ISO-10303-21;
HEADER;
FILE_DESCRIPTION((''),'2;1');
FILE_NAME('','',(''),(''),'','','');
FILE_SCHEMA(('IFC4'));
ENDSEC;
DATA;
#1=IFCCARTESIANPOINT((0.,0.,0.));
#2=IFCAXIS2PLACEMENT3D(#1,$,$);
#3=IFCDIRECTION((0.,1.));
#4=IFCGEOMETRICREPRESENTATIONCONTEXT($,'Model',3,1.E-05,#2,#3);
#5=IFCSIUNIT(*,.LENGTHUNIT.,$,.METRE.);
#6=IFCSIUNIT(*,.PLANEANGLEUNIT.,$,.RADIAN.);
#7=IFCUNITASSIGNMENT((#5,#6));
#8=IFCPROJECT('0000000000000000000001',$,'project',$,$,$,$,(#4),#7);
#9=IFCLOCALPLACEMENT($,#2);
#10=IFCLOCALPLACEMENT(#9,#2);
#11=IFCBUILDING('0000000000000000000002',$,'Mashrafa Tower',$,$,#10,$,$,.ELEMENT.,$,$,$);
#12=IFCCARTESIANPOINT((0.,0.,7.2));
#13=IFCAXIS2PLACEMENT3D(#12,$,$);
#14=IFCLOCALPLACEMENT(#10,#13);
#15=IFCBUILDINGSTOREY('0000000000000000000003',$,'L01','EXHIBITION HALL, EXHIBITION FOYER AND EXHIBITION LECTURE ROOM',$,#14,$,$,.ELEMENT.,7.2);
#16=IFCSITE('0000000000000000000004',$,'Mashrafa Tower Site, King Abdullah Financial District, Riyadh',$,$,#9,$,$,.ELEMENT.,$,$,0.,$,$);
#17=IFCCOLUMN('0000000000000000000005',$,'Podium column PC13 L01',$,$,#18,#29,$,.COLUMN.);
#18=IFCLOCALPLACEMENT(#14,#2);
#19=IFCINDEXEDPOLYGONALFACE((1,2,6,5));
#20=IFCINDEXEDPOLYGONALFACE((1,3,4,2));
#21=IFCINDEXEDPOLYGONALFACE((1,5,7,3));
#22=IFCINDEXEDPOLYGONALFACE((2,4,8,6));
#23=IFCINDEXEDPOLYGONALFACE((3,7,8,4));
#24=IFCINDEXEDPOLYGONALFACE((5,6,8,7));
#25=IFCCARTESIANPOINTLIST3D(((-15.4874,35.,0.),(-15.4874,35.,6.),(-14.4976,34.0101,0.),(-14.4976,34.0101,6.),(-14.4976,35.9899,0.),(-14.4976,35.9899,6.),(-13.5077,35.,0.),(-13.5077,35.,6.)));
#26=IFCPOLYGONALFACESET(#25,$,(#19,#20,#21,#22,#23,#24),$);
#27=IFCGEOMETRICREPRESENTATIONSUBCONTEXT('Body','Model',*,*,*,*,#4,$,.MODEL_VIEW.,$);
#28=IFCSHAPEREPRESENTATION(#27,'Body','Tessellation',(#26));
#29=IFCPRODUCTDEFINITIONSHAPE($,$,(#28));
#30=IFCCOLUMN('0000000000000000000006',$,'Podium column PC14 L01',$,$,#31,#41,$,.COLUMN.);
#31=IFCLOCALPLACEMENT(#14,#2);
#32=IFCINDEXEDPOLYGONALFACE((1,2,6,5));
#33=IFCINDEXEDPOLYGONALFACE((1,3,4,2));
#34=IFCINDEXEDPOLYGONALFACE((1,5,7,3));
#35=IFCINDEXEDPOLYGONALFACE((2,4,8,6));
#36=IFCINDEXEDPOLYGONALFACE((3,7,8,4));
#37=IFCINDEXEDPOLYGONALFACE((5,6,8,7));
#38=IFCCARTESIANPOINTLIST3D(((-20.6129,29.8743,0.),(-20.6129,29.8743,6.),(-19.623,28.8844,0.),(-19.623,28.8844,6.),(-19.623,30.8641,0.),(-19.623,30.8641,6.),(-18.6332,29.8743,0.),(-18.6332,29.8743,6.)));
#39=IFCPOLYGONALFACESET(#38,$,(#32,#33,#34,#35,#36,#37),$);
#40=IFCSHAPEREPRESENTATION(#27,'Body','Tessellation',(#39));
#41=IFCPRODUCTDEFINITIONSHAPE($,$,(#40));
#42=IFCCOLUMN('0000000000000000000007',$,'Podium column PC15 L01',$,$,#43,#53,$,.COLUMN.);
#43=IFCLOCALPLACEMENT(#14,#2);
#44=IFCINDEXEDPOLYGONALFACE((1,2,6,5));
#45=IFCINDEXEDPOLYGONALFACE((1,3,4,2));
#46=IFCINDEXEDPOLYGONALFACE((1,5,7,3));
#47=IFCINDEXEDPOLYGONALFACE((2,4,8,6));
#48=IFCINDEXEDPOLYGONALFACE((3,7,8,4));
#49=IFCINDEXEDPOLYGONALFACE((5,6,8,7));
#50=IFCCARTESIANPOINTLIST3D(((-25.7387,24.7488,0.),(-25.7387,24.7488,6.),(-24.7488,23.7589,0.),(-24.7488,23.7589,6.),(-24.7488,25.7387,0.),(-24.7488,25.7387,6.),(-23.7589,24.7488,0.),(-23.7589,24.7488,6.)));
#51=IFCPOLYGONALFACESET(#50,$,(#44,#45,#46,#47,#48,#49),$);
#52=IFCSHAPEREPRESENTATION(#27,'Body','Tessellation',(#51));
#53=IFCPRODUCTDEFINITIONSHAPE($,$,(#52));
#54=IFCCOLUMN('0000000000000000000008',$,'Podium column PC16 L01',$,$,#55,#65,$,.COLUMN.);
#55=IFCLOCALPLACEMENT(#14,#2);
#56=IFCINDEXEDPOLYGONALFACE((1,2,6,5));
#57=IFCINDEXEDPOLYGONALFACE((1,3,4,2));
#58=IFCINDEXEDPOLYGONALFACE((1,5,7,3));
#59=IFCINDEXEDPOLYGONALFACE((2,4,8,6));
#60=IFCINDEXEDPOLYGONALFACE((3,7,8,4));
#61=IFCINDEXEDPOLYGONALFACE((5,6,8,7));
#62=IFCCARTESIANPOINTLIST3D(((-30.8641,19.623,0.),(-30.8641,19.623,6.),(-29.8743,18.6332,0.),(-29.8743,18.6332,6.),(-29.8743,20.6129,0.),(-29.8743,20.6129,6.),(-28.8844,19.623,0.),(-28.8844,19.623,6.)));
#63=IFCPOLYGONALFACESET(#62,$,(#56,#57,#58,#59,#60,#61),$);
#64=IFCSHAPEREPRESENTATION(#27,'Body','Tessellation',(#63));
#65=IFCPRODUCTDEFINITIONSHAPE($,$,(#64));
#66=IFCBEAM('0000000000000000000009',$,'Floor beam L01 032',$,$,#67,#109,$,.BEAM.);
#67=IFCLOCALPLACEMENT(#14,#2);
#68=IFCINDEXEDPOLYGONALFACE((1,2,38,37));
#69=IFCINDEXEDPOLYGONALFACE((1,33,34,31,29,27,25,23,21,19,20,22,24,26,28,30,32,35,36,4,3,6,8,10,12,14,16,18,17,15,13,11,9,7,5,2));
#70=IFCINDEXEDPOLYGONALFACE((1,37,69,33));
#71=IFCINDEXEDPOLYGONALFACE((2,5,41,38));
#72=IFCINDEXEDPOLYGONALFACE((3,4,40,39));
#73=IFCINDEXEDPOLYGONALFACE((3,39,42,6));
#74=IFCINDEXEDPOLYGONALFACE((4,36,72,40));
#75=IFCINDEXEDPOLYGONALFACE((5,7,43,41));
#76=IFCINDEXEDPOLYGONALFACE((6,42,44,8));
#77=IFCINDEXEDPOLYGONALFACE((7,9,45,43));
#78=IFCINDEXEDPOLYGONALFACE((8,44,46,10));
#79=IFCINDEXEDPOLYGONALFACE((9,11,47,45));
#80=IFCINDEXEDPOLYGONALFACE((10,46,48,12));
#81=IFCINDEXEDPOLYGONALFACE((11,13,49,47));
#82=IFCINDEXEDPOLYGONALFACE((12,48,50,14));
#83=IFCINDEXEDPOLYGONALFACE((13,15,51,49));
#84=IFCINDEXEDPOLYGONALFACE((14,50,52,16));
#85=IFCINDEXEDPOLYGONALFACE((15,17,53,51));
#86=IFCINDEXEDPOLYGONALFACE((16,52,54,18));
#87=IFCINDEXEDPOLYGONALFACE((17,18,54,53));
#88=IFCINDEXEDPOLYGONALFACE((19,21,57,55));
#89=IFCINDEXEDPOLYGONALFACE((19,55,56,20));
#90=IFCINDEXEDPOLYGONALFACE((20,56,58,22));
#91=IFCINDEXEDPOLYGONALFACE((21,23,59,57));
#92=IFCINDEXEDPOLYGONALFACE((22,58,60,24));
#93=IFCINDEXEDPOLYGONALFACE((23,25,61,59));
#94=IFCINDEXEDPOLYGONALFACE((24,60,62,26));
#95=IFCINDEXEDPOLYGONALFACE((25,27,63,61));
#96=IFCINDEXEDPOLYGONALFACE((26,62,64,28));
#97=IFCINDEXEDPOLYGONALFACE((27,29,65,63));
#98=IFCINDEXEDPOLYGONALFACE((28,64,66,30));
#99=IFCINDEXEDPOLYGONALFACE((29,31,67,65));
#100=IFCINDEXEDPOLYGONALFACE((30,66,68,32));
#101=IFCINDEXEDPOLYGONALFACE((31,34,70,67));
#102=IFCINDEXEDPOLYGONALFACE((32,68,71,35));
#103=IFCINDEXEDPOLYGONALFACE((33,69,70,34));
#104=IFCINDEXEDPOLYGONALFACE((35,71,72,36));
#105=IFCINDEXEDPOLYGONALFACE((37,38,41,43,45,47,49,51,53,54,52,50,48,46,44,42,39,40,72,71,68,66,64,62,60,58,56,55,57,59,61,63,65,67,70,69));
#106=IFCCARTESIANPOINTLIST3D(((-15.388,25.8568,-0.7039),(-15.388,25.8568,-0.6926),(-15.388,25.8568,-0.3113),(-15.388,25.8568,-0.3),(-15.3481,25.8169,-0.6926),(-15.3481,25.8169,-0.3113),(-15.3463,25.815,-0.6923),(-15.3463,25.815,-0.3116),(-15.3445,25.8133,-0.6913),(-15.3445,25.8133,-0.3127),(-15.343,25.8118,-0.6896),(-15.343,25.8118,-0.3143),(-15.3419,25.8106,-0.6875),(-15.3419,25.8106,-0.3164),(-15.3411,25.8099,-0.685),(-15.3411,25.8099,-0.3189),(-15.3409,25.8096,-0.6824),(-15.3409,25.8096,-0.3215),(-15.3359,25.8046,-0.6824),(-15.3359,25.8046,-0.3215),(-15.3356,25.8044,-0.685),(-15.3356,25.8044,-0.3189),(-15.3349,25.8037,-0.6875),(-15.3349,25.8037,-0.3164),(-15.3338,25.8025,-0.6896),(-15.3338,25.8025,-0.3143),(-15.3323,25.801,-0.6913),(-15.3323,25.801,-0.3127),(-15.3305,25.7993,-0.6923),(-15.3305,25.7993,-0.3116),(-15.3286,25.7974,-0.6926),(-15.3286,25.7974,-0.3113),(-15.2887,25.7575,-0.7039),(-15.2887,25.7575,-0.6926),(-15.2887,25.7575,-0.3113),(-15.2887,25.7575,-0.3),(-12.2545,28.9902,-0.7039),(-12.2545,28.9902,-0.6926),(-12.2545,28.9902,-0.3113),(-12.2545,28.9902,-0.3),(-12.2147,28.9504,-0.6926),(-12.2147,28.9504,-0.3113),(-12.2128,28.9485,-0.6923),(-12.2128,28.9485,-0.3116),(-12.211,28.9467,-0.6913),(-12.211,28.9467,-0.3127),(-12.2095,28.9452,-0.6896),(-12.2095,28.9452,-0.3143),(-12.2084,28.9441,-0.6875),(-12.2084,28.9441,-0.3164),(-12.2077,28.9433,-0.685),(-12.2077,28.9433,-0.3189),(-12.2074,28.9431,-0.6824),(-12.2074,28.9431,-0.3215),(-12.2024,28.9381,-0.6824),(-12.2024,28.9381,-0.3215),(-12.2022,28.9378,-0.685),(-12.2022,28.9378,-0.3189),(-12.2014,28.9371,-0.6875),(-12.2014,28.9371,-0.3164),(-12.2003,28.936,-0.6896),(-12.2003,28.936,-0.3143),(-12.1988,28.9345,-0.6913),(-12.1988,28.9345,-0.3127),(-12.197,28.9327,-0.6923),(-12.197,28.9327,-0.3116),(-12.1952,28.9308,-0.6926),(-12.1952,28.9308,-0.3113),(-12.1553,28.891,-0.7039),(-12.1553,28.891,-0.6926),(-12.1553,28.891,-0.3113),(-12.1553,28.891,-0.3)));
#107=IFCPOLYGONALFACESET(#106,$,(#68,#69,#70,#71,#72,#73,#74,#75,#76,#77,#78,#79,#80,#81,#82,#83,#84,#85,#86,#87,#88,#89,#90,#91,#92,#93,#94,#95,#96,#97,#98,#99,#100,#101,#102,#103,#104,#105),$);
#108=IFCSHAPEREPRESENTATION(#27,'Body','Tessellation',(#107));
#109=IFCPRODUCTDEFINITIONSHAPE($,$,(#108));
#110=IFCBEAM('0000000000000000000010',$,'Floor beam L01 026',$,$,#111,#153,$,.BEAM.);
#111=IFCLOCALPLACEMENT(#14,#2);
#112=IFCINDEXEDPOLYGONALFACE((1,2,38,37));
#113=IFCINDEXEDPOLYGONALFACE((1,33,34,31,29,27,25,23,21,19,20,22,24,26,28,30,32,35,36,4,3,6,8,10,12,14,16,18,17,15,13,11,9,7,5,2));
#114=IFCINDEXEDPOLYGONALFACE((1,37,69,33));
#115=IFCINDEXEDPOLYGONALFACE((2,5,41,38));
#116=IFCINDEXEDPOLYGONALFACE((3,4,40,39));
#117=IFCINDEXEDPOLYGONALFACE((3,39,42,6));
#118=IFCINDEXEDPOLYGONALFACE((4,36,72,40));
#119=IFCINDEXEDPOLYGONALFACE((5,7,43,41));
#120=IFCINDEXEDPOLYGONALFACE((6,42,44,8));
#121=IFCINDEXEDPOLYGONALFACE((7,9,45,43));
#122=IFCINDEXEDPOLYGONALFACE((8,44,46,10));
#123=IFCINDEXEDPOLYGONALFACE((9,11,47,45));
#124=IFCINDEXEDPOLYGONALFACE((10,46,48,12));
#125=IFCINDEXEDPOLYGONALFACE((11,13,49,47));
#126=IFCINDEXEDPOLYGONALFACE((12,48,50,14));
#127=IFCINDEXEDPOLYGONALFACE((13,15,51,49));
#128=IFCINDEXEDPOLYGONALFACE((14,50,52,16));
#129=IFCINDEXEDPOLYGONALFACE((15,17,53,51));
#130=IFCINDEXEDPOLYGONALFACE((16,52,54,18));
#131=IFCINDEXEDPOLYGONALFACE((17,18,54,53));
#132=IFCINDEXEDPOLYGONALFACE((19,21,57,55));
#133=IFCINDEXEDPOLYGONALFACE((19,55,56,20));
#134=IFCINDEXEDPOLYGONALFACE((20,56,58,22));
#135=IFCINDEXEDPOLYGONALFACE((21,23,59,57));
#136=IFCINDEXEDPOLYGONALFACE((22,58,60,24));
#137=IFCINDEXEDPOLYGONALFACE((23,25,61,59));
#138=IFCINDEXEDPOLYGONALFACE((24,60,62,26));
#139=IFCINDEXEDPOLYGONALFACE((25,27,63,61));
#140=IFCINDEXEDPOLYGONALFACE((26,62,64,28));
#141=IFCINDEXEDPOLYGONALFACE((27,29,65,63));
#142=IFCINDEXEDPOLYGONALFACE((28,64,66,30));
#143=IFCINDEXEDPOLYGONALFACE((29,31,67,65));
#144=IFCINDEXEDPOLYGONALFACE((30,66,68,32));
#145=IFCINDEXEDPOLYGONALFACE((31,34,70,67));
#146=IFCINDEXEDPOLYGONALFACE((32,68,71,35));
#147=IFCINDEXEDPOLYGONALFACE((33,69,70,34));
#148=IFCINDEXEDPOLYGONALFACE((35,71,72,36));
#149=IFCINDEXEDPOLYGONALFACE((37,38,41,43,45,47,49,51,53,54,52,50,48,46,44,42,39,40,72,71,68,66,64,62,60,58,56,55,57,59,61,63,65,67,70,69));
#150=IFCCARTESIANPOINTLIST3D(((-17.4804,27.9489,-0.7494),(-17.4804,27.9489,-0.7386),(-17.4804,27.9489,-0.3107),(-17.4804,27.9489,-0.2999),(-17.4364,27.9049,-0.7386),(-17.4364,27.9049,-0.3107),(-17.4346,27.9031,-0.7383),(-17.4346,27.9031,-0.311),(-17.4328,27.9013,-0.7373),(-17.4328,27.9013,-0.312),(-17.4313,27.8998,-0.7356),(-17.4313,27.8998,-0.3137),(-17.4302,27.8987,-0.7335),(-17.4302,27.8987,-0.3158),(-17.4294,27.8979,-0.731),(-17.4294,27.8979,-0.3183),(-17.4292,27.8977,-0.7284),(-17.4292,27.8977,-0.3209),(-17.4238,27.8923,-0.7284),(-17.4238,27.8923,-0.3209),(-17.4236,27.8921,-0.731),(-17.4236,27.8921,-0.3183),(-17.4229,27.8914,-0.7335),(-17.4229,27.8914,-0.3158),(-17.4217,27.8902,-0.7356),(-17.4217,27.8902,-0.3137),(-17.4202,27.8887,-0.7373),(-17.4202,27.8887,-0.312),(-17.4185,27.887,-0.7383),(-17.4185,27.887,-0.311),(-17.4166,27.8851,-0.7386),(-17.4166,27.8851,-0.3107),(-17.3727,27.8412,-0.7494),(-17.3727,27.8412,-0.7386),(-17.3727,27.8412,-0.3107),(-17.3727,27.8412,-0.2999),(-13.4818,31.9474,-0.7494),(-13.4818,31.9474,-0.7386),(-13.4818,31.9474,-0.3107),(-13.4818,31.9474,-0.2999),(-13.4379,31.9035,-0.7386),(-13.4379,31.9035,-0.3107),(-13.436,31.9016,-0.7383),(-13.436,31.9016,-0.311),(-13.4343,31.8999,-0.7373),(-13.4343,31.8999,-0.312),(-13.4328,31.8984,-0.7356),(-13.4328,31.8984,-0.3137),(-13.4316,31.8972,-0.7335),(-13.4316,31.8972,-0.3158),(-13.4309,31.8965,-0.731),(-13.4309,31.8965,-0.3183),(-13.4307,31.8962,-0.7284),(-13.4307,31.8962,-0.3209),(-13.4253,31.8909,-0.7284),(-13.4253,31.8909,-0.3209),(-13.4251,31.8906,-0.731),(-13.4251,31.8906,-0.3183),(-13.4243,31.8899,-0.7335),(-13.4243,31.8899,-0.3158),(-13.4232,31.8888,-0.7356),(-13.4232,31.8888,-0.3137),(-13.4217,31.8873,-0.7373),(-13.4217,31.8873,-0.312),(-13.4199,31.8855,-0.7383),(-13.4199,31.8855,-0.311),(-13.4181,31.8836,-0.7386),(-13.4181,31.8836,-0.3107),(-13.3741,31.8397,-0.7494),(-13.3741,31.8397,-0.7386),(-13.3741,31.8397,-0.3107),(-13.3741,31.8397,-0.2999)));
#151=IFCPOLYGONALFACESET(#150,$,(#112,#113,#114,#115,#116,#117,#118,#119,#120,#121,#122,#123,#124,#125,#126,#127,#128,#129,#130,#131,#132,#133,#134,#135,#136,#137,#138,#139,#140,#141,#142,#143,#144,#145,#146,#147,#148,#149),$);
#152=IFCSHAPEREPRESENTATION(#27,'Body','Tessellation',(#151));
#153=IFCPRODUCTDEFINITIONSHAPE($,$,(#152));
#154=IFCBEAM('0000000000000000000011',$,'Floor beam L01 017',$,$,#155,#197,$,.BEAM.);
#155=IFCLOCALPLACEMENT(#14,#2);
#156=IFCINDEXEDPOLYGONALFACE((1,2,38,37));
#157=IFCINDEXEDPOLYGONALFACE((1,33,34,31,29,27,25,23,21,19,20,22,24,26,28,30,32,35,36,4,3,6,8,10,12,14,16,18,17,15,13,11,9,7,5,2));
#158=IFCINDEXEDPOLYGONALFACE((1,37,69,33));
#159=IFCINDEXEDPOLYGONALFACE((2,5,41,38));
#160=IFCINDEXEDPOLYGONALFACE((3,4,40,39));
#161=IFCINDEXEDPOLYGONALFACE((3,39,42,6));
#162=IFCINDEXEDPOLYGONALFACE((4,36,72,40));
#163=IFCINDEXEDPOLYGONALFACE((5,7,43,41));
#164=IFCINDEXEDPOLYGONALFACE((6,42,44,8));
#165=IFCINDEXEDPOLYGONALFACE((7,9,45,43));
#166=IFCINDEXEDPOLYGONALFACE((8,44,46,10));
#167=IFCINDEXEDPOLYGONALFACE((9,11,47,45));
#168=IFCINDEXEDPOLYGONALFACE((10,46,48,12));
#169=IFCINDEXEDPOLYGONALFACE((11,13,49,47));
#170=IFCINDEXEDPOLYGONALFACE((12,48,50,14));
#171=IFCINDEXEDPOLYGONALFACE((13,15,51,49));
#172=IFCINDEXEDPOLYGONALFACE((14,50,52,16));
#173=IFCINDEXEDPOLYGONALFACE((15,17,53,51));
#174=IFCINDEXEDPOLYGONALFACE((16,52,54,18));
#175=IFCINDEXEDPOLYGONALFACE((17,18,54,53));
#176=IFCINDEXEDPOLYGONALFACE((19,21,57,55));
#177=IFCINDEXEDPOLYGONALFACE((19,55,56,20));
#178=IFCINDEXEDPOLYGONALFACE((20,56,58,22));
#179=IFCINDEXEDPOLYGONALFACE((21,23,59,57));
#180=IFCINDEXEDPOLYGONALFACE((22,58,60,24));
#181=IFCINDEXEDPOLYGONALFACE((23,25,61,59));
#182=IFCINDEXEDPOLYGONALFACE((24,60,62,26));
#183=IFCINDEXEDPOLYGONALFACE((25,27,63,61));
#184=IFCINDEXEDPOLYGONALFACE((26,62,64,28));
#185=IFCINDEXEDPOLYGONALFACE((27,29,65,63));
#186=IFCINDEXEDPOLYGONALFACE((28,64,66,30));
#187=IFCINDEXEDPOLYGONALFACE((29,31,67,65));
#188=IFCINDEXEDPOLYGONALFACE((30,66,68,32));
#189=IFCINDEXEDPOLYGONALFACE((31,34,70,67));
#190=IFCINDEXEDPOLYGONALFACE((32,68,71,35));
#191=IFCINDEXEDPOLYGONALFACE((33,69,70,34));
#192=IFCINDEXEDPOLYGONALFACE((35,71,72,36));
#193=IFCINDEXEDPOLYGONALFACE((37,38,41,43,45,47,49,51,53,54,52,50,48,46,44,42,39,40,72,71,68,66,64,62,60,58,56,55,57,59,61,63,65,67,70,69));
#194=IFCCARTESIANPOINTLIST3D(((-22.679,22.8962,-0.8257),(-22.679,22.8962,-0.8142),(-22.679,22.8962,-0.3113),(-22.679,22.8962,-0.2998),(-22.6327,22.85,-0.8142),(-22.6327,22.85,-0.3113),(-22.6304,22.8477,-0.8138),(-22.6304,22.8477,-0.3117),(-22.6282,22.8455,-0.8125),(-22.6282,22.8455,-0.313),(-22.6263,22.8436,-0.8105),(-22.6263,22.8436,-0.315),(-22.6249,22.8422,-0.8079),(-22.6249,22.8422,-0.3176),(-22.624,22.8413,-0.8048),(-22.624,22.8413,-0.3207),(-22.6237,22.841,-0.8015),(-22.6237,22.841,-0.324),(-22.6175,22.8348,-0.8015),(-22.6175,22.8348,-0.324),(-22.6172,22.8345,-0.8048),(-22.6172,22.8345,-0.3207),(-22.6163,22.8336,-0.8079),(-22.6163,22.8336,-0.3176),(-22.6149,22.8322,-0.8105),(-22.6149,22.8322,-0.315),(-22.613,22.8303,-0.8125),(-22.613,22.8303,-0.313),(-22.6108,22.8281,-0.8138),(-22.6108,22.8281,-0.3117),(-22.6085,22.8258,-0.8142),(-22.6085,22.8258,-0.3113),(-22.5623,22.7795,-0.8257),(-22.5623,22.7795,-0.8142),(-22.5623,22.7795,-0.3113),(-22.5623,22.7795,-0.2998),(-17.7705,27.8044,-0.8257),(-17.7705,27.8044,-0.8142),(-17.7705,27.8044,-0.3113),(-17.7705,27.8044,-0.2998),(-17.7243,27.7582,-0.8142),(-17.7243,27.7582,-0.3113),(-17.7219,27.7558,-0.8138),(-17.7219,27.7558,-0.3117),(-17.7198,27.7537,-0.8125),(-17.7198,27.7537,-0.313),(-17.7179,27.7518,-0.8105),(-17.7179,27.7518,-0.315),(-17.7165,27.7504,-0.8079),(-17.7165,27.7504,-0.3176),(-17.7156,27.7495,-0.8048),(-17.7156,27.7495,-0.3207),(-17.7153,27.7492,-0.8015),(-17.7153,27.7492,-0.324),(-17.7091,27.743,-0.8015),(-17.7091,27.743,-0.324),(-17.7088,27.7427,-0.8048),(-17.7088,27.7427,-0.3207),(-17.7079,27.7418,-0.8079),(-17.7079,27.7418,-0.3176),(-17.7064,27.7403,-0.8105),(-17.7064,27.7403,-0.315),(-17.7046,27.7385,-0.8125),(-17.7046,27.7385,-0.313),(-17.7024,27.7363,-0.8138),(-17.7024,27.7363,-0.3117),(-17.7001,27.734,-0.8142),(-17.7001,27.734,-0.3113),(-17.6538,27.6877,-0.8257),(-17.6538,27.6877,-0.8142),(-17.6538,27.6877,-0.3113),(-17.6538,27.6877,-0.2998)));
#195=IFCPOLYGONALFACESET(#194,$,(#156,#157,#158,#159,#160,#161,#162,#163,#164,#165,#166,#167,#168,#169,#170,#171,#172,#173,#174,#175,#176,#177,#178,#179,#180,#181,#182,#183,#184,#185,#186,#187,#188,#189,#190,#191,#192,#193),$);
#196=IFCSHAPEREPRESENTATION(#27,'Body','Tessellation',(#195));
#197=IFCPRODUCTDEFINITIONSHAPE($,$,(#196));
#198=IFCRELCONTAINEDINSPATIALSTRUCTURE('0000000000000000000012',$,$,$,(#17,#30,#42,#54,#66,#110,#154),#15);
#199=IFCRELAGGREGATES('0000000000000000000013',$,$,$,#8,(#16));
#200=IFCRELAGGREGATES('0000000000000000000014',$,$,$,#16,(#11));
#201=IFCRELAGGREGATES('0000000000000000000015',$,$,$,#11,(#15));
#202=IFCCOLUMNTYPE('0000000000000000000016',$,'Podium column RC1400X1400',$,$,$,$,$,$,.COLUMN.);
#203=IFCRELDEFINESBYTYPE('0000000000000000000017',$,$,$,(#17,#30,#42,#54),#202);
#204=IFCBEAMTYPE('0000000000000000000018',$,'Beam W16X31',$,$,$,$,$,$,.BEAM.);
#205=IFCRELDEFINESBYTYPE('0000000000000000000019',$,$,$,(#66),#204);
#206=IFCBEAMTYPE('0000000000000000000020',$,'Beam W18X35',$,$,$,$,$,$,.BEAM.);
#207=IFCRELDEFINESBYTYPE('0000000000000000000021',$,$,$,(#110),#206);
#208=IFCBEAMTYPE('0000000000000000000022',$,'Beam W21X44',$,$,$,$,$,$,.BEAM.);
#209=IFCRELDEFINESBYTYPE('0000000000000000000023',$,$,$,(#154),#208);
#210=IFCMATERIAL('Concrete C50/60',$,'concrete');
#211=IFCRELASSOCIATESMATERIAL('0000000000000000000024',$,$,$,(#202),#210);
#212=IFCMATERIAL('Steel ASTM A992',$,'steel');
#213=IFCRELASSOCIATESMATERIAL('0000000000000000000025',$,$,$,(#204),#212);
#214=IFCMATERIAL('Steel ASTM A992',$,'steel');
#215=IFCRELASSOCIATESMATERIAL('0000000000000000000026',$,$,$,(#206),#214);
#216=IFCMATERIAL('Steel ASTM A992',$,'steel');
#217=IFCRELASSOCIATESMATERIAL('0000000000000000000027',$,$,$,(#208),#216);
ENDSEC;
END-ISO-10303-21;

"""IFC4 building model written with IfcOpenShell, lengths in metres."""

from ifc_helpers import new_model, si_unit, direction, frame, origin, origin_2d, place, context, subcontext, project, spatial, rectangle, i_section, extrude, material, material_profile, profile_set, type_object, element, save


model = new_model("IFC4")

# Units and contexts
model_context = context("Model", 3, precision=1e-05, world=origin(), true_north=direction((0.0, 1.0)))
body_context = subcontext(model_context, "Body", "Model", "MODEL_VIEW")
ifc_project = project(units=[si_unit("LENGTHUNIT", "METRE"), si_unit("PLANEANGLEUNIT", "RADIAN")], contexts=[model_context])

# Site, building, storey
site_placement = place(None, origin())
site = spatial("IfcSite", under=ifc_project, at=site_placement, Name="Mashrafa Tower Site, King Abdullah Financial District, Riyadh", CompositionType="ELEMENT", RefElevation=0.0)
building_placement = place(site_placement, origin())
building = spatial("IfcBuilding", under=site, at=building_placement, Name="Mashrafa Tower", CompositionType="ELEMENT")
storey_placement = place(building_placement, frame((0.0, 0.0, 7.2)))
storey = spatial("IfcBuildingStorey", under=building, at=storey_placement, Name="L01", Description="EXHIBITION HALL, EXHIBITION FOYER AND EXHIBITION LECTURE ROOM", CompositionType="ELEMENT", Elevation=7.2)

# Columns
ifc_material_1 = material(Name="Concrete C50/60", Category="concrete")
ifc_material_profile_1 = material_profile(ifc_material_1, rectangle(XDim=1.3999, YDim=1.3999, at=origin_2d()), Name="RC1400X1400")
ifc_profile_set_1 = profile_set([ifc_material_profile_1], Name="Concrete C50/60")
column_type = type_object("IfcColumnType", Name="Podium column RC1400X1400", PredefinedType="COLUMN", material=ifc_profile_set_1)
for number, where, z_axis, x_axis, name in (
    (1, (-14.4976, 35.0, 0.0), (0.0, 0.0, 1.0), (0.707107, 0.707107, 0.0), "Podium column PC13 L01"),
    (2, (-19.623, 29.8743, 0.0), (0.0, 0.0, 1.0), (0.707107, 0.707107, 0.0), "Podium column PC14 L01"),
    (3, (-24.7488, 24.7488, 0.0), (0.0, 0.0, 1.0), (0.707107, 0.707107, 0.0), "Podium column PC15 L01"),
    (4, (-29.8743, 19.623, 0.0), (0.0, 0.0, 1.0), (0.707107, 0.707107, 0.0), "Podium column PC16 L01"),
):
    element("IfcColumn", number, at=place(storey_placement, frame(where, z_axis=z_axis, x_axis=x_axis)), inside=storey, type_object=column_type, Name=name, PredefinedType="COLUMN", context=body_context, shape_type="SweptSolid", body=[
        extrude(rectangle(XDim=1.3999, YDim=1.3999, at=origin_2d()), origin(), (0.0, 0.0, 1.0), 6.0),
    ])

# Beams
ifc_material_2 = material(Name="Steel ASTM A992", Category="steel")
ifc_material_profile_2 = material_profile(ifc_material_2, i_section(OverallWidth=0.1404, OverallDepth=0.4038, WebThickness=0.0071, FlangeThickness=0.0112, FilletRadius=0.0103, at=origin_2d()), Name="W16X31")
ifc_profile_set_2 = profile_set([ifc_material_profile_2], Name="Steel ASTM A992")
beam_type_1 = type_object("IfcBeamType", Name="Beam W16X31", PredefinedType="BEAM", material=ifc_profile_set_2)
beam_1_placement = place(storey_placement, frame((-15.3384, 25.8071, -0.502), z_axis=(0.707107, 0.707107, 0.0), x_axis=(-0.707107, 0.707107, 0.0)))
element("IfcBeam", 5, at=beam_1_placement, inside=storey, type_object=beam_type_1, Name="Floor beam L01 032", PredefinedType="BEAM", context=body_context, shape_type="SweptSolid", body=[
    extrude(i_section(OverallWidth=0.1404, OverallDepth=0.4038, WebThickness=0.0071, FlangeThickness=0.0112, FilletRadius=0.0103, at=origin_2d()), origin(), (0.0, 0.0, 1.0), 4.4314),
])
ifc_material_3 = material(Name="Steel ASTM A992", Category="steel")
ifc_material_profile_3 = material_profile(ifc_material_3, i_section(OverallWidth=0.1523, OverallDepth=0.4495, WebThickness=0.0076, FlangeThickness=0.0107, FilletRadius=0.0103, at=origin_2d()), Name="W18X35")
ifc_profile_set_3 = profile_set([ifc_material_profile_3], Name="Steel ASTM A992")
beam_type_2 = type_object("IfcBeamType", Name="Beam W18X35", PredefinedType="BEAM", material=ifc_profile_set_3)
beam_2_placement = place(storey_placement, frame((-17.4265, 27.895, -0.5247), z_axis=(0.707107, 0.707107, 0.0), x_axis=(-0.707107, 0.707107, 0.0)))
element("IfcBeam", 6, at=beam_2_placement, inside=storey, type_object=beam_type_2, Name="Floor beam L01 026", PredefinedType="BEAM", context=body_context, shape_type="SweptSolid", body=[
    extrude(i_section(OverallWidth=0.1523, OverallDepth=0.4495, WebThickness=0.0076, FlangeThickness=0.0107, FilletRadius=0.0103, at=origin_2d()), origin(), (0.0, 0.0, 1.0), 5.6548),
])
ifc_material_4 = material(Name="Steel ASTM A992", Category="steel")
ifc_material_profile_4 = material_profile(ifc_material_4, i_section(OverallWidth=0.165, OverallDepth=0.5259, WebThickness=0.0088, FlangeThickness=0.0115, FilletRadius=0.0127, at=origin_2d()), Name="W21X44")
ifc_profile_set_4 = profile_set([ifc_material_profile_4], Name="Steel ASTM A992")
beam_type_3 = type_object("IfcBeamType", Name="Beam W21X44", PredefinedType="BEAM", material=ifc_profile_set_4)
beam_3_placement = place(storey_placement, frame((-22.6206, 22.8379, -0.5627), z_axis=(0.707124, 0.707089, 0.0), x_axis=(-0.707089, 0.707124, 0.0)))
element("IfcBeam", 7, at=beam_3_placement, inside=storey, type_object=beam_type_3, Name="Floor beam L01 017", PredefinedType="BEAM", context=body_context, shape_type="SweptSolid", body=[
    extrude(i_section(OverallWidth=0.165, OverallDepth=0.5259, WebThickness=0.0088, FlangeThickness=0.0115, FilletRadius=0.0127, at=origin_2d()), origin(), (0.0, 0.0, 1.0), 6.9414),
])

save(model, "model.ifc")
